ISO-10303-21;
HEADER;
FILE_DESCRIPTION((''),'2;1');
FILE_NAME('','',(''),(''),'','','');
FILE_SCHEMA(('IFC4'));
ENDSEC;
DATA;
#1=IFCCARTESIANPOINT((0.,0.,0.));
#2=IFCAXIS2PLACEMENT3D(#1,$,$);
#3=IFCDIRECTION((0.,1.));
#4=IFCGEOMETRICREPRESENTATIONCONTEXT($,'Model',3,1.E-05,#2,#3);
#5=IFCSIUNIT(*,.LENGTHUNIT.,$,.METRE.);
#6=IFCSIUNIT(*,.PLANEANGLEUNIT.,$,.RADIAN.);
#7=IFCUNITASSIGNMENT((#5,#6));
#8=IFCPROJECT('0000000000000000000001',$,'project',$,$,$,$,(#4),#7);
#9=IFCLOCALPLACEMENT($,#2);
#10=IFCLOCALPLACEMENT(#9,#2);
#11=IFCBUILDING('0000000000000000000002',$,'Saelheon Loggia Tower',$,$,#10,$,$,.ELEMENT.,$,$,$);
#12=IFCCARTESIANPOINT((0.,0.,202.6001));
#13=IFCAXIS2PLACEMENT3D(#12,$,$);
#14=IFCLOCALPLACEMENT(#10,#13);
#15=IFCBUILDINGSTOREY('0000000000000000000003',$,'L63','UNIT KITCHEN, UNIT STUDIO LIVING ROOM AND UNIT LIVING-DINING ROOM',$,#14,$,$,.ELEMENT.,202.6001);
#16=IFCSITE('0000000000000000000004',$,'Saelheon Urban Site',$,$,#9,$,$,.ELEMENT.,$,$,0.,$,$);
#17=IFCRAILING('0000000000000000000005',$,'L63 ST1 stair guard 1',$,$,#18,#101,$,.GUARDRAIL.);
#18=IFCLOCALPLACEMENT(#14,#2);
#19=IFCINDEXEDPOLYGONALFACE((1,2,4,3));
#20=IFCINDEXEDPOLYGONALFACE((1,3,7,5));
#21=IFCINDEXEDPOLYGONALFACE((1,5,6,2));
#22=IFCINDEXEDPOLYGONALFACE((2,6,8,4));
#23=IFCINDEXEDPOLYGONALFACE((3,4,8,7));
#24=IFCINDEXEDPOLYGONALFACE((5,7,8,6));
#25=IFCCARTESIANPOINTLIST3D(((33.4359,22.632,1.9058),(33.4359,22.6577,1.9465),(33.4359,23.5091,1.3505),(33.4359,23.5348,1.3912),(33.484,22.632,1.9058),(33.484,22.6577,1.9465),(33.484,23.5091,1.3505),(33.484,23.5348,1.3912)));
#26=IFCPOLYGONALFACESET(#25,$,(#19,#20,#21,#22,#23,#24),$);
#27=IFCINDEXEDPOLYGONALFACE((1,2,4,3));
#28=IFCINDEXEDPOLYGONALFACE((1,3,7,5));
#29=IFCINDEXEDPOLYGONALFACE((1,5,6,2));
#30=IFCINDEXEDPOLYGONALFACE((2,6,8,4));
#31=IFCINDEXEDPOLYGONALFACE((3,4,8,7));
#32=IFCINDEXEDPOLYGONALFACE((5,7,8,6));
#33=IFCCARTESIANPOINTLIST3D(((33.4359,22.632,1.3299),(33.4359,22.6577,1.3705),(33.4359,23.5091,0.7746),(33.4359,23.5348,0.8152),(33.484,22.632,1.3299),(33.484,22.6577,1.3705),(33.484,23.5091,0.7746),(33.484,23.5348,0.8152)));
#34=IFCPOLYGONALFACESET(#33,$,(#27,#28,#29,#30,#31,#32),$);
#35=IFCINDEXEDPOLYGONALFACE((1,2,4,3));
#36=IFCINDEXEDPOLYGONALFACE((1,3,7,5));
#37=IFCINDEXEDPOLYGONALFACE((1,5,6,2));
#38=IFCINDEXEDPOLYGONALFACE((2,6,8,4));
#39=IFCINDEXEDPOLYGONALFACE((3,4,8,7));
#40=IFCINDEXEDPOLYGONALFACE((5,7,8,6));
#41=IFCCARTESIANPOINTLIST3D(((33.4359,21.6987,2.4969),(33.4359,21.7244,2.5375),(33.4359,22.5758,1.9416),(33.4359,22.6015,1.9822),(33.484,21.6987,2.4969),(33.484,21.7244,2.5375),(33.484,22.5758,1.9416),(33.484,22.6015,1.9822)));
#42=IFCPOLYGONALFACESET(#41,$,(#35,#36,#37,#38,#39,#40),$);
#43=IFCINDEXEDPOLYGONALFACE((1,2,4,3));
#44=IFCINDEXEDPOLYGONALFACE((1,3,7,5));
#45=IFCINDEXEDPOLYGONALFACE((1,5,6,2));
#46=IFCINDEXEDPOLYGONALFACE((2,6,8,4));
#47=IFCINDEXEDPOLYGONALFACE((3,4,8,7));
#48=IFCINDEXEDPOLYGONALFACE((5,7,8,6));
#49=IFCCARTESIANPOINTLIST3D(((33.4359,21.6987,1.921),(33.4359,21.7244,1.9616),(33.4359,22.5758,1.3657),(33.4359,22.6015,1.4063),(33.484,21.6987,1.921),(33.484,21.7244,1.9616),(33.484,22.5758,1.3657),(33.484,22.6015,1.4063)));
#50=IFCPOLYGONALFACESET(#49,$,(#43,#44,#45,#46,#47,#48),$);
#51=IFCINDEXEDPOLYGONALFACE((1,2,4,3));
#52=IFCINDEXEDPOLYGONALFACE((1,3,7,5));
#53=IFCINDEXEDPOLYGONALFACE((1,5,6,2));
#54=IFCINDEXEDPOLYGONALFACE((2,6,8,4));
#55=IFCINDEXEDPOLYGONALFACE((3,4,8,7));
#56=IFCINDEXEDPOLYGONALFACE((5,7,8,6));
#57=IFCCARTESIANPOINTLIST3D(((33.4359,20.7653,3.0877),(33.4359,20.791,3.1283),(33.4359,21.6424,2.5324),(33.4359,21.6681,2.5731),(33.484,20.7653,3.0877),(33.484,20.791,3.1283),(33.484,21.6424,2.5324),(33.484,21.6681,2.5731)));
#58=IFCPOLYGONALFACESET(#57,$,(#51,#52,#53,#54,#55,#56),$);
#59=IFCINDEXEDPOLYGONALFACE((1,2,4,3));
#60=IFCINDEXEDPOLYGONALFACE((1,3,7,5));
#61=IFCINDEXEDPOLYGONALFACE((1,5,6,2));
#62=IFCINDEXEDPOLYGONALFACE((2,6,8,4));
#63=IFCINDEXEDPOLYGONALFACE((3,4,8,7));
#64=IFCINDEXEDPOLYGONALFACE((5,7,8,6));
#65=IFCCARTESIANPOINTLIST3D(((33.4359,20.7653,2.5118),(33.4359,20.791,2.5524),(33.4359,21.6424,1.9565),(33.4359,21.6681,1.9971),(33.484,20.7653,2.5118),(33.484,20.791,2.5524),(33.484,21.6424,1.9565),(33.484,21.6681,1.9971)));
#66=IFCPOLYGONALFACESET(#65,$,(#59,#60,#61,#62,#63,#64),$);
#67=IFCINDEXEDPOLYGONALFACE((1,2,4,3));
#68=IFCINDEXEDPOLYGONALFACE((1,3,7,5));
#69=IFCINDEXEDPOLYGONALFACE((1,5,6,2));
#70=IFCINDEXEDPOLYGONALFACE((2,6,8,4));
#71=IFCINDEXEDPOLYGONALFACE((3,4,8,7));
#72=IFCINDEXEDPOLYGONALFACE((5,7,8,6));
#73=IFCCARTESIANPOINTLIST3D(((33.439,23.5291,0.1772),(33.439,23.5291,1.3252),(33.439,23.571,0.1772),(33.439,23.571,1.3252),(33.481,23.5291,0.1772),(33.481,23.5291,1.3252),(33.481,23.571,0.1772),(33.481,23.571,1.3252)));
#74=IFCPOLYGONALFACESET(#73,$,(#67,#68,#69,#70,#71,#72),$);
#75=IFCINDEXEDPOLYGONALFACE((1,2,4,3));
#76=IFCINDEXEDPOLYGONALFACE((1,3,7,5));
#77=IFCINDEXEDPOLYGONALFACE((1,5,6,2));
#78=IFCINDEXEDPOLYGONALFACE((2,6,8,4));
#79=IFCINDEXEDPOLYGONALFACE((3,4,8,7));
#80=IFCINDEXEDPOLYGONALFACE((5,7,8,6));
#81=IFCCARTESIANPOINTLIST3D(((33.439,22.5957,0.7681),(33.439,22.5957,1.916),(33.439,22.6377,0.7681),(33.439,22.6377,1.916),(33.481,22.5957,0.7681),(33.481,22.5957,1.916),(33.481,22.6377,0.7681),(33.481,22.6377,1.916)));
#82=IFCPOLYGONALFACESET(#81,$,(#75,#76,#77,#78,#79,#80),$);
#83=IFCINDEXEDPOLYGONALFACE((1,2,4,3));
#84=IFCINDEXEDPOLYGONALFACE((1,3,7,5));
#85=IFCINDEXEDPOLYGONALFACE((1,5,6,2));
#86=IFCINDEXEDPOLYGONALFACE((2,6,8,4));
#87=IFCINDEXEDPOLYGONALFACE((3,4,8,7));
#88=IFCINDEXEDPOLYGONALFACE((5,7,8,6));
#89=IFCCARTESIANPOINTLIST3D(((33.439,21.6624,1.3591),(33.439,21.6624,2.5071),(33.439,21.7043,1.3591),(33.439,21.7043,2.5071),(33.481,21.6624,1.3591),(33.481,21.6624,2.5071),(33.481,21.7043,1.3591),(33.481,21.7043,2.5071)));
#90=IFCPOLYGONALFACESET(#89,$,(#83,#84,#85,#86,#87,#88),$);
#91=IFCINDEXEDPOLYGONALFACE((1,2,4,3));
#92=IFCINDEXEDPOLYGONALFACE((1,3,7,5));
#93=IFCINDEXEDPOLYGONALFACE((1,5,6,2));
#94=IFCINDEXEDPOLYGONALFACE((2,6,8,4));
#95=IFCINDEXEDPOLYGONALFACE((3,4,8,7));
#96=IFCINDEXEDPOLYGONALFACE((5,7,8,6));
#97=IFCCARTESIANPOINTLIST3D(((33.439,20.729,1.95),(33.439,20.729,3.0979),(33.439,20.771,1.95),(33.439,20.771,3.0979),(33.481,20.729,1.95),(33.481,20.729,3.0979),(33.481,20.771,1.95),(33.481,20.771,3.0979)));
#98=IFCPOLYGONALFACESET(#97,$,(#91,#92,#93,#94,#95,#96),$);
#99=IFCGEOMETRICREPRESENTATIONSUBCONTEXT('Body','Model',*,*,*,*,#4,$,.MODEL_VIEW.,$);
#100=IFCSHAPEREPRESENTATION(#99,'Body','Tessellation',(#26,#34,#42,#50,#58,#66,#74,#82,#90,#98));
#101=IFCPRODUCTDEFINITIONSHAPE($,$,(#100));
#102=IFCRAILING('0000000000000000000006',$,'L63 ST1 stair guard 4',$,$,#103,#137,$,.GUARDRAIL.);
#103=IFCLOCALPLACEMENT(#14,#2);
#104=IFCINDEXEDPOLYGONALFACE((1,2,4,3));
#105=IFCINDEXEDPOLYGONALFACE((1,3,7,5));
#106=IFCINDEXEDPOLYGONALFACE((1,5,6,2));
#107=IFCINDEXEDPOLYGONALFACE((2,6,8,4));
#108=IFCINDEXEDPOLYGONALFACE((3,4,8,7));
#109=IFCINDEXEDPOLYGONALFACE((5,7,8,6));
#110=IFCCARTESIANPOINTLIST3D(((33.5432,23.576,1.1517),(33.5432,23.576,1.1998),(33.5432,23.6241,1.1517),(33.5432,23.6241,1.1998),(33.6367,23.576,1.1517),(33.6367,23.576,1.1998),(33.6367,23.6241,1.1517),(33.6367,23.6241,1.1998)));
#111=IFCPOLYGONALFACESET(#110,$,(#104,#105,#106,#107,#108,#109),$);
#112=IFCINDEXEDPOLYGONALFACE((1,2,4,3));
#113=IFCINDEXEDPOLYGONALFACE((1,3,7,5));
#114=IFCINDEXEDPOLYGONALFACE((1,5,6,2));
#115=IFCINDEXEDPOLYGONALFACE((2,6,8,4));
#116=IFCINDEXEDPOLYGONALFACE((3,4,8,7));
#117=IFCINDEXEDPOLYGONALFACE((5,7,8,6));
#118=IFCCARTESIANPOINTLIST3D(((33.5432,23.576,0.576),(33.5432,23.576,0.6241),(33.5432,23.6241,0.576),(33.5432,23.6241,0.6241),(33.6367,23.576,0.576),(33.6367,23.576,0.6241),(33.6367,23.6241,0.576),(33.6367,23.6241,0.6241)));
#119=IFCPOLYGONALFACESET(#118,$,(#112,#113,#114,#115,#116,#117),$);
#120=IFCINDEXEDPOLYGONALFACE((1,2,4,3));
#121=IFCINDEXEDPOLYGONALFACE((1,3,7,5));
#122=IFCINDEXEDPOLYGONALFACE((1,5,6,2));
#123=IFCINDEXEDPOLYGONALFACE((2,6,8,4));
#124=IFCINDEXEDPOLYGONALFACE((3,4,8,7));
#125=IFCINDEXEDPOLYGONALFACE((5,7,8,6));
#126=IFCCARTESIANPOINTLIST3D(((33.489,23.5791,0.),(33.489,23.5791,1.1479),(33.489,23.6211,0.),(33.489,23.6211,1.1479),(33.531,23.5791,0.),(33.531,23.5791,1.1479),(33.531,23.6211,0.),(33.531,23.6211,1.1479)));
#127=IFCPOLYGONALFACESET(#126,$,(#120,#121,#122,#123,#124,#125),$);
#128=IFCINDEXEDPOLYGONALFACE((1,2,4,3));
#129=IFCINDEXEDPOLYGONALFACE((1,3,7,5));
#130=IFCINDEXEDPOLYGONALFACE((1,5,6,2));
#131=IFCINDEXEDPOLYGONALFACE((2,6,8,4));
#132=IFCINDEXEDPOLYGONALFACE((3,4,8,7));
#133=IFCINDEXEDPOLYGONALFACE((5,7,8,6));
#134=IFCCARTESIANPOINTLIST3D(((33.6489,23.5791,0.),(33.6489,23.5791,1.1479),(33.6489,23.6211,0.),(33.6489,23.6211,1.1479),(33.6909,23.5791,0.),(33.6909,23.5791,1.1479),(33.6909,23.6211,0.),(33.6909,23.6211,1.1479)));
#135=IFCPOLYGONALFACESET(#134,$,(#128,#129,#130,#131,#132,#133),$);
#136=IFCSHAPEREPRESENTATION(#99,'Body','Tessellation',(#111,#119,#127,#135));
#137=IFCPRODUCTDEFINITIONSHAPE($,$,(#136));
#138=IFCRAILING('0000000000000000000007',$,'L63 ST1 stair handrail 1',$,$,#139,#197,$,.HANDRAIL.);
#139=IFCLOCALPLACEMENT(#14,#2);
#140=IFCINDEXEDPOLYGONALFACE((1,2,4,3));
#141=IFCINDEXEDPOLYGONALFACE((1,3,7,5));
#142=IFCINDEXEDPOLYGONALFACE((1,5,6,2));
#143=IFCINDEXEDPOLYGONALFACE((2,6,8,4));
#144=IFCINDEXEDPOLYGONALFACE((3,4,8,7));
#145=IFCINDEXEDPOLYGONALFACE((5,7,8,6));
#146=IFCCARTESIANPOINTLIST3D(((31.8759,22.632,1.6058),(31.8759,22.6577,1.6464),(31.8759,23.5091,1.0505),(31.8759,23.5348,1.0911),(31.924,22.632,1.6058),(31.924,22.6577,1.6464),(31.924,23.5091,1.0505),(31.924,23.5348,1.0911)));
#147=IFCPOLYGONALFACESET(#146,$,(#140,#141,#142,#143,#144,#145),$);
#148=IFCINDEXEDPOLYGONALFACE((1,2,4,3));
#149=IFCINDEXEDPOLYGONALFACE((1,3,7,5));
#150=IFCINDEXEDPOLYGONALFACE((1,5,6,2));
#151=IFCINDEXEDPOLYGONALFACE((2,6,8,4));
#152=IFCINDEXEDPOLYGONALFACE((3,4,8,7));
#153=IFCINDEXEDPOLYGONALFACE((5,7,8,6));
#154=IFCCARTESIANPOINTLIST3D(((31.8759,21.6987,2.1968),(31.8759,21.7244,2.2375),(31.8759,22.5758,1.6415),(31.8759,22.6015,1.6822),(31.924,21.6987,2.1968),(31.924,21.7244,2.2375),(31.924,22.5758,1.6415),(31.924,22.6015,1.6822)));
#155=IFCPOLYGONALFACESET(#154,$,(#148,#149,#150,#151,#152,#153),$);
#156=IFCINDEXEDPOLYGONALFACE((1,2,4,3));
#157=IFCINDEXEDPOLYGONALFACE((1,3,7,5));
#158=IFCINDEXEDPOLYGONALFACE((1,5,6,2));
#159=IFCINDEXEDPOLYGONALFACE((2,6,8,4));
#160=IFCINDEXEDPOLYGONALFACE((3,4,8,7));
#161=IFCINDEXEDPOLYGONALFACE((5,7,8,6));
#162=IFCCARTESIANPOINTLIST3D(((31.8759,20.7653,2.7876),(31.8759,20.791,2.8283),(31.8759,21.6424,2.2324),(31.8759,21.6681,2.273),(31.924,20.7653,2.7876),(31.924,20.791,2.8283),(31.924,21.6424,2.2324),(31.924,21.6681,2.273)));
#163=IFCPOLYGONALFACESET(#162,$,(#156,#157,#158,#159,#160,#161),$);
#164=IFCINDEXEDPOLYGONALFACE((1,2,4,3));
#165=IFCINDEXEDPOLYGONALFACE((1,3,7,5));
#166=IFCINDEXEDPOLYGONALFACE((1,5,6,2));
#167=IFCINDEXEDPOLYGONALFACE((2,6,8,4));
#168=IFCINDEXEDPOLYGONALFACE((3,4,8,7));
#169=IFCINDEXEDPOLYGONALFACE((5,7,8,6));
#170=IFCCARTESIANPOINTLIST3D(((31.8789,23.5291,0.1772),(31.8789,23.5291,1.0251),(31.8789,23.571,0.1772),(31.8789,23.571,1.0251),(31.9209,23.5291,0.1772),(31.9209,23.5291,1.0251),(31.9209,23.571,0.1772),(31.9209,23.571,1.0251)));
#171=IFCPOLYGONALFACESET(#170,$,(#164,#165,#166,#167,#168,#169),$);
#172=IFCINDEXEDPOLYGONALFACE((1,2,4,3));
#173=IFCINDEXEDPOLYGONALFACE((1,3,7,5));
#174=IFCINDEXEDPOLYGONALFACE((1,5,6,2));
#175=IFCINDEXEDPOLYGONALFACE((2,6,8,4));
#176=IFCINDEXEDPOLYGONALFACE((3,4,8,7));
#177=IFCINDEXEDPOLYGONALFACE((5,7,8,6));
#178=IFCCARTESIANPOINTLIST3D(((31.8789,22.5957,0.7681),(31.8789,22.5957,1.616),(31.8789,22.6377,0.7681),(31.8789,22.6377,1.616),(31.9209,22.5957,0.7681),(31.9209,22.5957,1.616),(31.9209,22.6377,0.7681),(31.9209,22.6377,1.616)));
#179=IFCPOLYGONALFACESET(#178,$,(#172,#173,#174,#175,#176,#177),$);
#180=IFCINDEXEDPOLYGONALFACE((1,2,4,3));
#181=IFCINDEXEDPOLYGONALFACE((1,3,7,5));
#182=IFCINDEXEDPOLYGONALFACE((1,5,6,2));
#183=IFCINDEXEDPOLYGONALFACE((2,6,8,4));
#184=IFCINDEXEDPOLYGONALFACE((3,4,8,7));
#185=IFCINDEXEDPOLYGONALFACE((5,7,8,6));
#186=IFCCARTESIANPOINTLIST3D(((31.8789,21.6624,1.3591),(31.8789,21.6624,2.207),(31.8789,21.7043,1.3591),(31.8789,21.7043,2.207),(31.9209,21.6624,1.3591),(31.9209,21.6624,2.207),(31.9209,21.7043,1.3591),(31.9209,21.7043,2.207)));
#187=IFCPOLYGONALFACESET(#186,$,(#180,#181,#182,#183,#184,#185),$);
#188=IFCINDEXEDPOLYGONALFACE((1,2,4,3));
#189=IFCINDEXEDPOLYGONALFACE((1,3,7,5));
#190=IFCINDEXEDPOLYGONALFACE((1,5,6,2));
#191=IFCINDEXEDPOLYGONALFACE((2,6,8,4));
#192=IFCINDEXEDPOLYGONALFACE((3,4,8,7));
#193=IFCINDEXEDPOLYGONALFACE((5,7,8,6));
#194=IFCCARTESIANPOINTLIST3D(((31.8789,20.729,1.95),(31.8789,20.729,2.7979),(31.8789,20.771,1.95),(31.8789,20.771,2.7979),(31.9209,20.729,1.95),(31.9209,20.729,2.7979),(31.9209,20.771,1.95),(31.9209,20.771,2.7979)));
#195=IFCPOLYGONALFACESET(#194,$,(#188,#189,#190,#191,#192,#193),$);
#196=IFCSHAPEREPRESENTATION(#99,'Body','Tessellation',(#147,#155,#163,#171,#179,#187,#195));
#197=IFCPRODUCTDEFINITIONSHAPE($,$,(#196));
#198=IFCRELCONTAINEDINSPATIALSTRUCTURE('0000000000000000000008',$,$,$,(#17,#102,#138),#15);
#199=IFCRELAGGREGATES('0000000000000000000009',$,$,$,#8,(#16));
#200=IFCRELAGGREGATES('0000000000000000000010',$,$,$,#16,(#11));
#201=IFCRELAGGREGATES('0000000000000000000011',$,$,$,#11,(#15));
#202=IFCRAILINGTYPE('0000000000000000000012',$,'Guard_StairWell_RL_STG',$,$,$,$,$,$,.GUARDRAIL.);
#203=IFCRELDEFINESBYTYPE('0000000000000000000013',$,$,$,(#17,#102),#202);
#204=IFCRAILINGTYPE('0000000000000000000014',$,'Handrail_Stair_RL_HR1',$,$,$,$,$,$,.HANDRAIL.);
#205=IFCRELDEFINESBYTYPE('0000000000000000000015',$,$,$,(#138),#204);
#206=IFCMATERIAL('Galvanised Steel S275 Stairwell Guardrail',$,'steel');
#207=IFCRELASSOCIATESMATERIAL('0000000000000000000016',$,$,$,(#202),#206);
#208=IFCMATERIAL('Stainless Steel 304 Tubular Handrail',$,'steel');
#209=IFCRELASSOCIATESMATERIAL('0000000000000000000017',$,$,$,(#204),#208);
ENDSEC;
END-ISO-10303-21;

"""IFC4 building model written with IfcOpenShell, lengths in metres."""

from ifc_helpers import new_model, si_unit, direction, frame, origin, origin_2d, place, context, subcontext, project, spatial, rectangle, extrude, material, type_object, element, save


model = new_model("IFC4")

# Units and contexts
model_context = context("Model", 3, precision=1e-05, world=origin(), true_north=direction((0.0, 1.0)))
body_context = subcontext(model_context, "Body", "Model", "MODEL_VIEW")
ifc_project = project(units=[si_unit("LENGTHUNIT", "METRE"), si_unit("PLANEANGLEUNIT", "RADIAN")], contexts=[model_context])

# Site, building, storey
site_placement = place(None, origin())
site = spatial("IfcSite", under=ifc_project, at=site_placement, Name="Saelheon Urban Site", CompositionType="ELEMENT", RefElevation=0.0)
building_placement = place(site_placement, origin())
building = spatial("IfcBuilding", under=site, at=building_placement, Name="Saelheon Loggia Tower", CompositionType="ELEMENT")
storey_placement = place(building_placement, frame((0.0, 0.0, 202.6001)))
storey = spatial("IfcBuildingStorey", under=building, at=storey_placement, Name="L63", Description="UNIT KITCHEN, UNIT STUDIO LIVING ROOM AND UNIT LIVING-DINING ROOM", CompositionType="ELEMENT", Elevation=202.6001)

# Railings
ifc_material_1 = material(Name="Galvanised Steel S275 Stairwell Guardrail", Category="steel")
railing_type_1 = type_object("IfcRailingType", Name="Guard_StairWell_RL_STG", PredefinedType="GUARDRAIL", material=ifc_material_1)
railing_1_placement = place(storey_placement, frame((33.46, 23.55, 0.1772)))
element("IfcRailing", 1, at=railing_1_placement, inside=storey, type_object=railing_type_1, Name="L63 ST1 stair guard 1", PredefinedType="GUARDRAIL", context=body_context, shape_type="SweptSolid", body=[
    extrude(rectangle(XDim=0.0481, YDim=0.0481, at=origin_2d()), frame((0.0, -0.0281, 1.1936), z_axis=(0.0, -0.844909, 0.53491), x_axis=(1.0, 0.0, 0.0)), (0.0, 0.0, 1.0), 1.0381),
    extrude(rectangle(XDim=0.0481, YDim=0.0481, at=origin_2d()), frame((0.0, -0.0281, 0.6177), z_axis=(0.0, -0.844909, 0.53491), x_axis=(1.0, 0.0, 0.0)), (0.0, 0.0, 1.0), 1.0381),
    extrude(rectangle(XDim=0.0481, YDim=0.0481, at=origin_2d()), frame((0.0, -0.9614, 1.7847), z_axis=(0.0, -0.844909, 0.53491), x_axis=(1.0, 0.0, 0.0)), (0.0, 0.0, 1.0), 1.0381),
    extrude(rectangle(XDim=0.0481, YDim=0.0481, at=origin_2d()), frame((0.0, -0.9614, 1.2087), z_axis=(0.0, -0.844909, 0.53491), x_axis=(1.0, 0.0, 0.0)), (0.0, 0.0, 1.0), 1.0381),
    extrude(rectangle(XDim=0.0481, YDim=0.0481, at=origin_2d()), frame((0.0, -1.8948, 2.3755), z_axis=(0.0, -0.844909, 0.53491), x_axis=(1.0, 0.0, 0.0)), (0.0, 0.0, 1.0), 1.0381),
    extrude(rectangle(XDim=0.0481, YDim=0.0481, at=origin_2d()), frame((0.0, -1.8948, 1.7996), z_axis=(0.0, -0.844909, 0.53491), x_axis=(1.0, 0.0, 0.0)), (0.0, 0.0, 1.0), 1.0381),
    extrude(rectangle(XDim=0.042, YDim=0.042, at=origin_2d()), origin(), (0.0, 0.0, 1.0), 1.1479),
    extrude(rectangle(XDim=0.042, YDim=0.042, at=origin_2d()), frame((0.0, -0.9333, 0.5908)), (0.0, 0.0, 1.0), 1.1479),
    extrude(rectangle(XDim=0.042, YDim=0.042, at=origin_2d()), frame((0.0, -1.8667, 1.1819)), (0.0, 0.0, 1.0), 1.1479),
    extrude(rectangle(XDim=0.042, YDim=0.042, at=origin_2d()), frame((0.0, -2.8, 1.7727)), (0.0, 0.0, 1.0), 1.1479),
])
railing_2_placement = place(storey_placement, frame((33.51, 23.6001, 0.0)))
element("IfcRailing", 2, at=railing_2_placement, inside=storey, type_object=railing_type_1, Name="L63 ST1 stair guard 4", PredefinedType="GUARDRAIL", context=body_context, shape_type="SweptSolid", body=[
    extrude(rectangle(XDim=0.0481, YDim=0.0481, at=origin_2d()), frame((0.0332, 0.0, 1.1758), z_axis=(1.0, 0.0, 0.0), x_axis=(0.0, 1.0, 0.0)), (0.0, 0.0, 1.0), 0.0935),
    extrude(rectangle(XDim=0.0481, YDim=0.0481, at=origin_2d()), frame((0.0332, 0.0, 0.6001), z_axis=(1.0, 0.0, 0.0), x_axis=(0.0, 1.0, 0.0)), (0.0, 0.0, 1.0), 0.0935),
    extrude(rectangle(XDim=0.042, YDim=0.042, at=origin_2d()), origin(), (0.0, 0.0, 1.0), 1.1479),
    extrude(rectangle(XDim=0.042, YDim=0.042, at=origin_2d()), frame((0.1599, 0.0, 0.0)), (0.0, 0.0, 1.0), 1.1479),
])
ifc_material_2 = material(Name="Stainless Steel 304 Tubular Handrail", Category="steel")
railing_type_2 = type_object("IfcRailingType", Name="Handrail_Stair_RL_HR1", PredefinedType="HANDRAIL", material=ifc_material_2)
railing_3_placement = place(storey_placement, frame((31.8999, 23.55, 0.1772)))
element("IfcRailing", 3, at=railing_3_placement, inside=storey, type_object=railing_type_2, Name="L63 ST1 stair handrail 1", PredefinedType="HANDRAIL", context=body_context, shape_type="SweptSolid", body=[
    extrude(rectangle(XDim=0.0481, YDim=0.0481, at=origin_2d()), frame((0.0, -0.0281, 0.8936), z_axis=(0.0, -0.844909, 0.53491), x_axis=(1.0, 0.0, 0.0)), (0.0, 0.0, 1.0), 1.0381),
    extrude(rectangle(XDim=0.0481, YDim=0.0481, at=origin_2d()), frame((0.0, -0.9614, 1.4846), z_axis=(0.0, -0.844909, 0.53491), x_axis=(1.0, 0.0, 0.0)), (0.0, 0.0, 1.0), 1.0381),
    extrude(rectangle(XDim=0.0481, YDim=0.0481, at=origin_2d()), frame((0.0, -1.8948, 2.0754), z_axis=(0.0, -0.844909, 0.53491), x_axis=(1.0, 0.0, 0.0)), (0.0, 0.0, 1.0), 1.0381),
    extrude(rectangle(XDim=0.042, YDim=0.042, at=origin_2d()), origin(), (0.0, 0.0, 1.0), 0.8479),
    extrude(rectangle(XDim=0.042, YDim=0.042, at=origin_2d()), frame((0.0, -0.9333, 0.5908)), (0.0, 0.0, 1.0), 0.8479),
    extrude(rectangle(XDim=0.042, YDim=0.042, at=origin_2d()), frame((0.0, -1.8667, 1.1819)), (0.0, 0.0, 1.0), 0.8479),
    extrude(rectangle(XDim=0.042, YDim=0.042, at=origin_2d()), frame((0.0, -2.8, 1.7727)), (0.0, 0.0, 1.0), 0.8479),
])

save(model, "model.ifc")
